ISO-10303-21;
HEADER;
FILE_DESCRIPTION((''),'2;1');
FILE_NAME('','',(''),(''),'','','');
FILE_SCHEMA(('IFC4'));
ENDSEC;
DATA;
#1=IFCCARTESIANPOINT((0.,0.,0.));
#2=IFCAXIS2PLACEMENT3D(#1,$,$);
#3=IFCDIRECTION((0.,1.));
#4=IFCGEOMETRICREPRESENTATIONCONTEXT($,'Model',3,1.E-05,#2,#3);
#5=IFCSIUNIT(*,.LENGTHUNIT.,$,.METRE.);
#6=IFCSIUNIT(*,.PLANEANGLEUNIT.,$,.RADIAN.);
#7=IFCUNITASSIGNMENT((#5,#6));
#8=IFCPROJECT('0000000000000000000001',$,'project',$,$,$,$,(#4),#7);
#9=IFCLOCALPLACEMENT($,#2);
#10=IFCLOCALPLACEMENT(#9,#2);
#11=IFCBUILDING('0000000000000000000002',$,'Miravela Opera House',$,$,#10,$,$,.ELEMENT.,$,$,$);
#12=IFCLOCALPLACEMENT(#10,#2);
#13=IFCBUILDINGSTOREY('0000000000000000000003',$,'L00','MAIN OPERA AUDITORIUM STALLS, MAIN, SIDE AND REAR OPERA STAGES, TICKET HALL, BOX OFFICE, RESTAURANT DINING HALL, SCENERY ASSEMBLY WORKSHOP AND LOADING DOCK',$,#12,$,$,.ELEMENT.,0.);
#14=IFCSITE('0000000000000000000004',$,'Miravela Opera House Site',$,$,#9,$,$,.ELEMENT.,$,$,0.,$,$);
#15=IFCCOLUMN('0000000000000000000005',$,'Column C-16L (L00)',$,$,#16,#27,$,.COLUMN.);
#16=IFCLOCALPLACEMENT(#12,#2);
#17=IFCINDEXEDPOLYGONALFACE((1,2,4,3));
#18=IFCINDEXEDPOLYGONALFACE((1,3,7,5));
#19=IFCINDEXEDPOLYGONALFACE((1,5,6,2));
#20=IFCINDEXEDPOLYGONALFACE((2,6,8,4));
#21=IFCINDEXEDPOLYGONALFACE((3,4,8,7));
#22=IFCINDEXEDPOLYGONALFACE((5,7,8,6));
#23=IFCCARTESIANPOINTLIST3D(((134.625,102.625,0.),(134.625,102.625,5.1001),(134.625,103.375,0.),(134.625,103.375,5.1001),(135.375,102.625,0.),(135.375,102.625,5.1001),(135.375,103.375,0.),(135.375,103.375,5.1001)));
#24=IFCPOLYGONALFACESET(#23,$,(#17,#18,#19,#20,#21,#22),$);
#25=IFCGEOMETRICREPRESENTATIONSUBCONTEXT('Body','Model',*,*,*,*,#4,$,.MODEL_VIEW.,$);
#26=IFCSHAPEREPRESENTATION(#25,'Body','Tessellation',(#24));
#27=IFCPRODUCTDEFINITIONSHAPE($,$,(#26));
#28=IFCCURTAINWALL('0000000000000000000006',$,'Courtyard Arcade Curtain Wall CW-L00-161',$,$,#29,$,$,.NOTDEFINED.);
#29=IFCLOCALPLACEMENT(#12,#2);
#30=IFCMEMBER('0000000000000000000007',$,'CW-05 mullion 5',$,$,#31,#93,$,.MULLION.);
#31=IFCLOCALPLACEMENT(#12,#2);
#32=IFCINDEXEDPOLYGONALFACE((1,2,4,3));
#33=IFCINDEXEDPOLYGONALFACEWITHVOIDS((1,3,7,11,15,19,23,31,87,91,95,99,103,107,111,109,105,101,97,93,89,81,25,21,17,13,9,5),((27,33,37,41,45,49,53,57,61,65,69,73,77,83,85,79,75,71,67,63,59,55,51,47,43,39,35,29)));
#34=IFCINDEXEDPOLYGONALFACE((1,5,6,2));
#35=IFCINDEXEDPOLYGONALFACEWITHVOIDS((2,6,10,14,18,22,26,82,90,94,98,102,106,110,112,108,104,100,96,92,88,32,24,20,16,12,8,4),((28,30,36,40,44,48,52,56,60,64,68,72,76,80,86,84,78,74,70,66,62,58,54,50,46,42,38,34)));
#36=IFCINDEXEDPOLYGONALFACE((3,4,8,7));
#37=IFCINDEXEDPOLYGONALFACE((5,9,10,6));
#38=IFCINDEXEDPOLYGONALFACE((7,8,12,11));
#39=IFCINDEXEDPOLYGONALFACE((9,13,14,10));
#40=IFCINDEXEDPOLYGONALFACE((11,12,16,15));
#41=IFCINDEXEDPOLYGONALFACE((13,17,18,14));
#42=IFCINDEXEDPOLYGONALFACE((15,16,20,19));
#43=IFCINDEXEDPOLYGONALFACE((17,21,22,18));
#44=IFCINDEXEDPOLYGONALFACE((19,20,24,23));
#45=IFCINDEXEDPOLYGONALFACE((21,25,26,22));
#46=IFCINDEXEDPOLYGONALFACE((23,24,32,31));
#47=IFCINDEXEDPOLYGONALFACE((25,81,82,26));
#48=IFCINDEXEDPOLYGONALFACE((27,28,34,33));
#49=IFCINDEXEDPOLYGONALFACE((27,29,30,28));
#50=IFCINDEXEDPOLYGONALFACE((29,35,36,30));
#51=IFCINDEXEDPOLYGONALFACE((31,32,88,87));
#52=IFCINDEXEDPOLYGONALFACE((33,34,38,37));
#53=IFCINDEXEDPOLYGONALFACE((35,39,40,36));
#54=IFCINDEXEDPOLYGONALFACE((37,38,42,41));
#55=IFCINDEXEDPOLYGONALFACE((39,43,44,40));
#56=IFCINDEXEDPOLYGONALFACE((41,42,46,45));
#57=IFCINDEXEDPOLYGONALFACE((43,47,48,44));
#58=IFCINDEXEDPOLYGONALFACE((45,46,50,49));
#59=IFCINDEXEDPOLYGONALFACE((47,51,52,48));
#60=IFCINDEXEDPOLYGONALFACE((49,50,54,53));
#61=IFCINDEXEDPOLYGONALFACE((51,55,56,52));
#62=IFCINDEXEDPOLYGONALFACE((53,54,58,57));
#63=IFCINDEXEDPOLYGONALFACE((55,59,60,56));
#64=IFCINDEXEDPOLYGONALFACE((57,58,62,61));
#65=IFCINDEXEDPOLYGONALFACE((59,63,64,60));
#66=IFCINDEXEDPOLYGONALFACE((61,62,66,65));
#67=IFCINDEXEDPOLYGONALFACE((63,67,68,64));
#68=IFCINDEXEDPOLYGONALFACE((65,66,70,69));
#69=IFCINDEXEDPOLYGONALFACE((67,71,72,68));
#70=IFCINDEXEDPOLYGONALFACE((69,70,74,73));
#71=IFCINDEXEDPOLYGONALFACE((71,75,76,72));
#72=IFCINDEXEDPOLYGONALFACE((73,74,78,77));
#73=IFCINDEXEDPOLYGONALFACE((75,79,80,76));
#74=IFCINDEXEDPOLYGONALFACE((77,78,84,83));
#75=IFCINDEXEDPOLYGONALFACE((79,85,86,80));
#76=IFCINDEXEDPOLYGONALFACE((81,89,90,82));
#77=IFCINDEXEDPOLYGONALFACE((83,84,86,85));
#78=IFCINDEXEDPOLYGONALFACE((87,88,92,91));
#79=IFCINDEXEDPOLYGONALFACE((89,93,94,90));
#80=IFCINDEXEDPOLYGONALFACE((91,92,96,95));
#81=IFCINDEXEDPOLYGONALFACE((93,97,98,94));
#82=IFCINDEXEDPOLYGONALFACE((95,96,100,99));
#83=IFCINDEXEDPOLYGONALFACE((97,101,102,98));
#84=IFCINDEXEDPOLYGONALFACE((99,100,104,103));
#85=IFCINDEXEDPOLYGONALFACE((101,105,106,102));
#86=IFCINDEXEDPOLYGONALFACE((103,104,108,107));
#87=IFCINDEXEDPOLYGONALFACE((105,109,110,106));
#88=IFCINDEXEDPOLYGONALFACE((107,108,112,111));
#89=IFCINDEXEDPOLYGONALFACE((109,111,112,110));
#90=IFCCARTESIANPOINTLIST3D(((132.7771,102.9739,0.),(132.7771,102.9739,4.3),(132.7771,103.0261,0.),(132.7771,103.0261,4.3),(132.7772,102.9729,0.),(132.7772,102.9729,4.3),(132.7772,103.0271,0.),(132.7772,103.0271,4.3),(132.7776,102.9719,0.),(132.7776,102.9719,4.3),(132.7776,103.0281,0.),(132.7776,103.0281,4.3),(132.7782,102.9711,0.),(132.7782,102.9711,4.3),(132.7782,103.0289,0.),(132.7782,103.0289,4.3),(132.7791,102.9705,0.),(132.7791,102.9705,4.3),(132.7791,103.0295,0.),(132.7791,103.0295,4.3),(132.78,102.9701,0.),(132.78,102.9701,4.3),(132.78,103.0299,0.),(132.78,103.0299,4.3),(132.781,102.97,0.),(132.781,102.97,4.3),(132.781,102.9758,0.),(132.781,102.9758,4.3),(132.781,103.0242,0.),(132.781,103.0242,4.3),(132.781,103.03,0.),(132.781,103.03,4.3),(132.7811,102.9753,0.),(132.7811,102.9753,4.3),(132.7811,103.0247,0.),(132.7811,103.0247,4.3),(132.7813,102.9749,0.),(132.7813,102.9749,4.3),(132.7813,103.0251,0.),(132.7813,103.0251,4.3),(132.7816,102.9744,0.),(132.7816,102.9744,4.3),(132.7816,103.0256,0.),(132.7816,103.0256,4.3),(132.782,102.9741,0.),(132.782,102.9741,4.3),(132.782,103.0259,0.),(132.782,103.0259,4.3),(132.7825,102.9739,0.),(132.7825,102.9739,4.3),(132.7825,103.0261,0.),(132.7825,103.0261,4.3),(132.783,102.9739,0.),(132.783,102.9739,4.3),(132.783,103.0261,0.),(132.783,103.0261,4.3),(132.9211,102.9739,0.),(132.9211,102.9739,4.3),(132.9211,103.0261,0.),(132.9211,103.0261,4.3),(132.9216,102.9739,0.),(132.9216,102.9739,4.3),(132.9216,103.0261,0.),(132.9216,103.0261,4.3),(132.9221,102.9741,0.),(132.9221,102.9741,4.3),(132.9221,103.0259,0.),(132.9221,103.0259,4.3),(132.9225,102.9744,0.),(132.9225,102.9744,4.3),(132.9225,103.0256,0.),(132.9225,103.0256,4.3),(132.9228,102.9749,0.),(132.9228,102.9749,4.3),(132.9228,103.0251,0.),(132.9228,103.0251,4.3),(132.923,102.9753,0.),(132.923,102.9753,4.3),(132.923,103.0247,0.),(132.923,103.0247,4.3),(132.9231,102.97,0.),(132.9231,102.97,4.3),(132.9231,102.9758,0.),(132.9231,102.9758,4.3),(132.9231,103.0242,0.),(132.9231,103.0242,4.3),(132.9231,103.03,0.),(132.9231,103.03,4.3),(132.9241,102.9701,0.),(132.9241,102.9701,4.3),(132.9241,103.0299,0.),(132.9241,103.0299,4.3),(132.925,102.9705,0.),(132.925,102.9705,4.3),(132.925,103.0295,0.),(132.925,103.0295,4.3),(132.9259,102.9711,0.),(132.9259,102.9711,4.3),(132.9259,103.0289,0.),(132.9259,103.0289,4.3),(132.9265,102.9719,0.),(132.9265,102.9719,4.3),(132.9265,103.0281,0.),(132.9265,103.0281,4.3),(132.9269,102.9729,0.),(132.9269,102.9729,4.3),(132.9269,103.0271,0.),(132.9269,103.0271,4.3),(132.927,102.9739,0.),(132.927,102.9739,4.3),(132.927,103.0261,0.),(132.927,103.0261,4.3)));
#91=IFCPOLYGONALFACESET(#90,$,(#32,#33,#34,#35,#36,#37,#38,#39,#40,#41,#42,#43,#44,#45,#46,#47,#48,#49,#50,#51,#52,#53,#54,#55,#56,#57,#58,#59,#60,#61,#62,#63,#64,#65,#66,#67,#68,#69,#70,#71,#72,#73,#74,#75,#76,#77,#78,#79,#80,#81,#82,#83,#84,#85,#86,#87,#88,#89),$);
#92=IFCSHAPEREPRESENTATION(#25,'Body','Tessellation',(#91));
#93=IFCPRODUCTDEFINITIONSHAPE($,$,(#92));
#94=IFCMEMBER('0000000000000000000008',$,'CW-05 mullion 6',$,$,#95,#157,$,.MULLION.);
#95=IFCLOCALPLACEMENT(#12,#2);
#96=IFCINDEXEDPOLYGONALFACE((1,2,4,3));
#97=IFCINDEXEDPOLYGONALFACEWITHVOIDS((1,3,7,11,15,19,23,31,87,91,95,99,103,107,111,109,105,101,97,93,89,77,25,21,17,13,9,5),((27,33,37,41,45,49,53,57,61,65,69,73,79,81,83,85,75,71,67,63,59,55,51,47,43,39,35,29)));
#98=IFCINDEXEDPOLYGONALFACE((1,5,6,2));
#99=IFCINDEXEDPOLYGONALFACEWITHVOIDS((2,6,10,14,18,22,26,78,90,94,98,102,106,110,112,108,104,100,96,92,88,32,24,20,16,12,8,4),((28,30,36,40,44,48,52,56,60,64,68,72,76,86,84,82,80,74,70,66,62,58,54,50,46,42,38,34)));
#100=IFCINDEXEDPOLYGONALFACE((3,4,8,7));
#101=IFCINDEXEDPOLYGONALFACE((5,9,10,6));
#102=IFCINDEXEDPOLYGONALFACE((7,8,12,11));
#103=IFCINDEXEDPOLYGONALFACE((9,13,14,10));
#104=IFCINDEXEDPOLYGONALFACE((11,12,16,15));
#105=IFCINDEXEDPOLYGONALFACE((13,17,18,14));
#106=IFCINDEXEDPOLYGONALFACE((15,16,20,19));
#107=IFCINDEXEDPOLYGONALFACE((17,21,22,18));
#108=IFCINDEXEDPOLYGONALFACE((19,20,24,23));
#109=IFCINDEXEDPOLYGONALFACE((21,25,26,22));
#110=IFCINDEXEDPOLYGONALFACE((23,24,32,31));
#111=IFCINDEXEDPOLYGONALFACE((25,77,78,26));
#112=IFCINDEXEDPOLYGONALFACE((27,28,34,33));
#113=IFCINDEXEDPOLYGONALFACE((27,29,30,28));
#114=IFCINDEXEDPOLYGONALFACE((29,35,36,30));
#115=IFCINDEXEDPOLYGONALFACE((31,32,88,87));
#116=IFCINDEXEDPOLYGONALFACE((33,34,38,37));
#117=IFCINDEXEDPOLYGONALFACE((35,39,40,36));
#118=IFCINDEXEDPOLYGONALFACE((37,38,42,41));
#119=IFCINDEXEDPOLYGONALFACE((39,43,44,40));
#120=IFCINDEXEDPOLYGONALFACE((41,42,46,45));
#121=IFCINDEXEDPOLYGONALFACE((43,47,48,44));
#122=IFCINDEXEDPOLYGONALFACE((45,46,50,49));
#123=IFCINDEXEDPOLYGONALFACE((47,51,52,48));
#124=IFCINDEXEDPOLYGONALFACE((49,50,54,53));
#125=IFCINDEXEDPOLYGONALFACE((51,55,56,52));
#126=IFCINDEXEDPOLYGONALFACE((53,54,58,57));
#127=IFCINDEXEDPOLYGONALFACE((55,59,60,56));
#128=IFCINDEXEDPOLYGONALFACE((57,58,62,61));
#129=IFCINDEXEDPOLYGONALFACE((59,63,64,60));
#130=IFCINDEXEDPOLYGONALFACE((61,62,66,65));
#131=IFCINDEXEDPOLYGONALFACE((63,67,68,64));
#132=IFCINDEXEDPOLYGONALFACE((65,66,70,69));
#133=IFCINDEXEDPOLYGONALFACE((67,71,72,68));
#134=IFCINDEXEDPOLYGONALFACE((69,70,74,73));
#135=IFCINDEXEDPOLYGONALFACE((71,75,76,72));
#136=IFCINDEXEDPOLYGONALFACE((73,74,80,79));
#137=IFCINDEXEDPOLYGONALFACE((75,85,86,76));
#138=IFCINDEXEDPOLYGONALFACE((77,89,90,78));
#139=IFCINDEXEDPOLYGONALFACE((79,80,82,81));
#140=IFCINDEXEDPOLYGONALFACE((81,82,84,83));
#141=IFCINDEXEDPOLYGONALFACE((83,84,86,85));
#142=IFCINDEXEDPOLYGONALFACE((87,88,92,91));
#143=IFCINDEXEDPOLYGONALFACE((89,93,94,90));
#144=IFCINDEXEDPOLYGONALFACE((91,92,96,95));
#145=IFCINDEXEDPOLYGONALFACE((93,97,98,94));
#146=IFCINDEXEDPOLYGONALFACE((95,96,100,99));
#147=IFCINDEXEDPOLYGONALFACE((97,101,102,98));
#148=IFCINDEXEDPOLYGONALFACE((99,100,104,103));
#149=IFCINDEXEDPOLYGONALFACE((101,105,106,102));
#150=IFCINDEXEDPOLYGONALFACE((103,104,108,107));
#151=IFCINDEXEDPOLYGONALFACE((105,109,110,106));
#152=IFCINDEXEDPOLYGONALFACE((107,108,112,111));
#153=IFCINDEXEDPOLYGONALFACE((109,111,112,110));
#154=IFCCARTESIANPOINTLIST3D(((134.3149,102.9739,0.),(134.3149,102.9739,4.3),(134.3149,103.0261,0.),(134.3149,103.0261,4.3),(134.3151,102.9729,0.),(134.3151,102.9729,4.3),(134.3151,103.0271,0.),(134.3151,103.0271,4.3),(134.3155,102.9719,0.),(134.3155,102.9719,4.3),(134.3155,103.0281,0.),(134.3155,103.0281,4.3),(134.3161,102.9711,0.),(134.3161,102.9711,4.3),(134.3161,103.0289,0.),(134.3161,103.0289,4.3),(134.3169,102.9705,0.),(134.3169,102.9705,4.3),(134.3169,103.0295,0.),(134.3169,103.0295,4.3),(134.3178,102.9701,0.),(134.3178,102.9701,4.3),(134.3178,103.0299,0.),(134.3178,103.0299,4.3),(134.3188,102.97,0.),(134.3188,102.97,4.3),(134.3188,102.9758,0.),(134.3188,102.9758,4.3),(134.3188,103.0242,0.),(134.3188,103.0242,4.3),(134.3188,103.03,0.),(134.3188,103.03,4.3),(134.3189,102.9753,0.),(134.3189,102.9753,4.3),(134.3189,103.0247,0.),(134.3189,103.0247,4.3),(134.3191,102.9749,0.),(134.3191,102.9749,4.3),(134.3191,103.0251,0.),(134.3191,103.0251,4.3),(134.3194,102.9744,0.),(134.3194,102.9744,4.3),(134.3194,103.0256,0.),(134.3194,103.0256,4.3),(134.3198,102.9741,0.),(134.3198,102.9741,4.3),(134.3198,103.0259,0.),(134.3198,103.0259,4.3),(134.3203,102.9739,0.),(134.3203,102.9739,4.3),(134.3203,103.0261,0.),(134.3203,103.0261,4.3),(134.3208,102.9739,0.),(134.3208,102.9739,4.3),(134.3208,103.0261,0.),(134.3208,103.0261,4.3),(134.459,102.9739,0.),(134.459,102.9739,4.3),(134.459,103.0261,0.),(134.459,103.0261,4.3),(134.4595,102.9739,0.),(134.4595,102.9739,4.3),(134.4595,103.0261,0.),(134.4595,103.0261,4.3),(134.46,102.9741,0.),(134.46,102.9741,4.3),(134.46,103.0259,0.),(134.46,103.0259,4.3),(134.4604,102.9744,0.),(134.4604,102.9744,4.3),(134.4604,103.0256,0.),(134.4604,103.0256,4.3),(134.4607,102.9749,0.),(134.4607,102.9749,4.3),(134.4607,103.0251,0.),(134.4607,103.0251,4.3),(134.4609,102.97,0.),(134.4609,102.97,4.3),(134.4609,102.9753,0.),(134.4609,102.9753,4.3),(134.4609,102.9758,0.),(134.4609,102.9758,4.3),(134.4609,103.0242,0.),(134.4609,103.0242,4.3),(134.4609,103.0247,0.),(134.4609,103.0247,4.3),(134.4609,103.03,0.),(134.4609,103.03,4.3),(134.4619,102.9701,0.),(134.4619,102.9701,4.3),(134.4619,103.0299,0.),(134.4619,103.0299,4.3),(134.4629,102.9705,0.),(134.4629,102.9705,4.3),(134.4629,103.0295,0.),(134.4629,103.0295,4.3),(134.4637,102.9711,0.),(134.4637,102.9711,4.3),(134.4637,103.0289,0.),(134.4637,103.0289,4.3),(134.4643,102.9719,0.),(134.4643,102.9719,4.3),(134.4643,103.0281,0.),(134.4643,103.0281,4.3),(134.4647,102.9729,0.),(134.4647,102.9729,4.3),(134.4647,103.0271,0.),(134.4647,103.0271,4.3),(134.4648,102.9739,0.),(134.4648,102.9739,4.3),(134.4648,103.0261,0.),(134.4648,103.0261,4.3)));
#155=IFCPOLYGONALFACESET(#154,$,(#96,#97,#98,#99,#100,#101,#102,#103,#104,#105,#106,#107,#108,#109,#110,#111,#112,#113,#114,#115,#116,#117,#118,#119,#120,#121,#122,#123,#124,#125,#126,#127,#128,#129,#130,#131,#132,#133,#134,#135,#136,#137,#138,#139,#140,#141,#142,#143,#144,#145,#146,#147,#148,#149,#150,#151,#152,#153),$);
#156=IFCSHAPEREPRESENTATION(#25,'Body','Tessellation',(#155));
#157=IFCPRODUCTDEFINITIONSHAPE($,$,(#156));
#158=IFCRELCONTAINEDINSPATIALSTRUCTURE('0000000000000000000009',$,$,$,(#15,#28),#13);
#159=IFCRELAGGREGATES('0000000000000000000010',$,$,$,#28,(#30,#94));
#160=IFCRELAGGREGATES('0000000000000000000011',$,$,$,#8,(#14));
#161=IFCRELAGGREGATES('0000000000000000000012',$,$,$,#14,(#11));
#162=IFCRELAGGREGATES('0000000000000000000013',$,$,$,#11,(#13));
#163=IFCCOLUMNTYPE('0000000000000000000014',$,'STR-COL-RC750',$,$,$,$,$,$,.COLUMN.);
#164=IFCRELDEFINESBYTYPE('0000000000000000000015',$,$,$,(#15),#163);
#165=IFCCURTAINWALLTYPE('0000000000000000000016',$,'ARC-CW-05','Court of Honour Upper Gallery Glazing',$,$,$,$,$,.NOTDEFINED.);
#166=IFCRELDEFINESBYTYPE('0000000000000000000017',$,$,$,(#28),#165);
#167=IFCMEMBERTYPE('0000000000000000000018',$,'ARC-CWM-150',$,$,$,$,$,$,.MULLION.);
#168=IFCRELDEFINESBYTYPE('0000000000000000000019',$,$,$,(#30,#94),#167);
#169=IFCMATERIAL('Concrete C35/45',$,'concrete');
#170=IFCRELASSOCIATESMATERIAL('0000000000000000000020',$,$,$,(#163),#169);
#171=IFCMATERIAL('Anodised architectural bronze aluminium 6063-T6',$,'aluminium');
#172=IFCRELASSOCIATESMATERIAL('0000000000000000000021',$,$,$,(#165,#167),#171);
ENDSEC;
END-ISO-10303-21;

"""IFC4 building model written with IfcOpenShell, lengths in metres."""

from ifc_helpers import new_model, si_unit, direction, frame, origin, origin_2d, place, context, subcontext, project, spatial, rectangle, hollow_rectangle, extrude, material, material_profile, profile_set, type_object, element, aggregate, save


model = new_model("IFC4")

# Units and contexts
model_context = context("Model", 3, precision=1e-05, world=origin(), true_north=direction((0.0, 1.0)))
body_context = subcontext(model_context, "Body", "Model", "MODEL_VIEW")
ifc_project = project(units=[si_unit("LENGTHUNIT", "METRE"), si_unit("PLANEANGLEUNIT", "RADIAN")], contexts=[model_context])

# Site, building, storey
site_placement = place(None, origin())
site = spatial("IfcSite", under=ifc_project, at=site_placement, Name="Miravela Opera House Site", CompositionType="ELEMENT", RefElevation=0.0)
building_placement = place(site_placement, origin())
building = spatial("IfcBuilding", under=site, at=building_placement, Name="Miravela Opera House", CompositionType="ELEMENT")
storey_placement = place(building_placement, origin())
storey = spatial("IfcBuildingStorey", under=building, at=storey_placement, Name="L00", Description="MAIN OPERA AUDITORIUM STALLS, MAIN, SIDE AND REAR OPERA STAGES, TICKET HALL, BOX OFFICE, RESTAURANT DINING HALL, SCENERY ASSEMBLY WORKSHOP AND LOADING DOCK", CompositionType="ELEMENT", Elevation=0.0)

# Column
ifc_material_1 = material(Name="Concrete C35/45", Category="concrete")
ifc_material_profile_1 = material_profile(ifc_material_1, rectangle(XDim=0.75, YDim=0.75, at=origin_2d()), Name="RC-COL-750X750")
ifc_profile_set_1 = profile_set([ifc_material_profile_1])
column_type = type_object("IfcColumnType", Name="STR-COL-RC750", PredefinedType="COLUMN", material=ifc_profile_set_1)
column_placement = place(storey_placement, frame((135.0, 103.0, 0.0), z_axis=(0.0, 0.0, 1.0), x_axis=(1.0, 0.0, 0.0)))
element("IfcColumn", 1, at=column_placement, inside=storey, type_object=column_type, Name="Column C-16L (L00)", PredefinedType="COLUMN", context=body_context, shape_type="SweptSolid", body=[
    extrude(rectangle(XDim=0.75, YDim=0.75, at=origin_2d()), origin(), (0.0, 0.0, 1.0), 5.1001),
])

# Curtain wall, members
ifc_material_2 = material(Name="Anodised architectural bronze aluminium 6063-T6", Category="aluminium")
curtain_wall_type = type_object("IfcCurtainWallType", Name="ARC-CW-05", Description="Court of Honour Upper Gallery Glazing", PredefinedType="NOTDEFINED", material=ifc_material_2)
curtain_wall_1_placement = place(storey_placement, origin())
curtain_wall_1 = element("IfcCurtainWall", 2, at=curtain_wall_1_placement, inside=storey, type_object=curtain_wall_type, Name="Courtyard Arcade Curtain Wall CW-L00-161", PredefinedType="NOTDEFINED")
ifc_material_profile_2 = material_profile(ifc_material_2, hollow_rectangle(XDim=0.0601, YDim=0.1499, WallThickness=0.0039, InnerFilletRadius=0.002, OuterFilletRadius=0.0039, at=origin_2d()), Name="CWM-60X150")
ifc_profile_set_2 = profile_set([ifc_material_profile_2])
member_type_1 = type_object("IfcMemberType", Name="ARC-CWM-150", PredefinedType="MULLION", material=ifc_profile_set_2)
member_1_placement = place(storey_placement, frame((132.8521, 103.0, 0.0), z_axis=(0.0, 0.0, 1.0), x_axis=(0.0, 1.0, 0.0)))
member_1 = element("IfcMember", 3, at=member_1_placement, type_object=member_type_1, Name="CW-05 mullion 5", PredefinedType="MULLION", context=body_context, shape_type="SweptSolid", body=[
    extrude(hollow_rectangle(XDim=0.0601, YDim=0.1499, WallThickness=0.0039, InnerFilletRadius=0.002, OuterFilletRadius=0.0039, at=origin_2d()), origin(), (0.0, 0.0, 1.0), 4.3),
])
member_2_placement = place(storey_placement, frame((134.3899, 103.0, 0.0), z_axis=(0.0, 0.0, 1.0), x_axis=(0.0, 1.0, 0.0)))
member_2 = element("IfcMember", 4, at=member_2_placement, type_object=member_type_1, Name="CW-05 mullion 6", PredefinedType="MULLION", context=body_context, shape_type="SweptSolid", body=[
    extrude(hollow_rectangle(XDim=0.0601, YDim=0.1499, WallThickness=0.0039, InnerFilletRadius=0.002, OuterFilletRadius=0.0039, at=origin_2d()), origin(), (0.0, 0.0, 1.0), 4.3),
])

aggregate(curtain_wall_1, [member_1, member_2])

save(model, "model.ifc")
